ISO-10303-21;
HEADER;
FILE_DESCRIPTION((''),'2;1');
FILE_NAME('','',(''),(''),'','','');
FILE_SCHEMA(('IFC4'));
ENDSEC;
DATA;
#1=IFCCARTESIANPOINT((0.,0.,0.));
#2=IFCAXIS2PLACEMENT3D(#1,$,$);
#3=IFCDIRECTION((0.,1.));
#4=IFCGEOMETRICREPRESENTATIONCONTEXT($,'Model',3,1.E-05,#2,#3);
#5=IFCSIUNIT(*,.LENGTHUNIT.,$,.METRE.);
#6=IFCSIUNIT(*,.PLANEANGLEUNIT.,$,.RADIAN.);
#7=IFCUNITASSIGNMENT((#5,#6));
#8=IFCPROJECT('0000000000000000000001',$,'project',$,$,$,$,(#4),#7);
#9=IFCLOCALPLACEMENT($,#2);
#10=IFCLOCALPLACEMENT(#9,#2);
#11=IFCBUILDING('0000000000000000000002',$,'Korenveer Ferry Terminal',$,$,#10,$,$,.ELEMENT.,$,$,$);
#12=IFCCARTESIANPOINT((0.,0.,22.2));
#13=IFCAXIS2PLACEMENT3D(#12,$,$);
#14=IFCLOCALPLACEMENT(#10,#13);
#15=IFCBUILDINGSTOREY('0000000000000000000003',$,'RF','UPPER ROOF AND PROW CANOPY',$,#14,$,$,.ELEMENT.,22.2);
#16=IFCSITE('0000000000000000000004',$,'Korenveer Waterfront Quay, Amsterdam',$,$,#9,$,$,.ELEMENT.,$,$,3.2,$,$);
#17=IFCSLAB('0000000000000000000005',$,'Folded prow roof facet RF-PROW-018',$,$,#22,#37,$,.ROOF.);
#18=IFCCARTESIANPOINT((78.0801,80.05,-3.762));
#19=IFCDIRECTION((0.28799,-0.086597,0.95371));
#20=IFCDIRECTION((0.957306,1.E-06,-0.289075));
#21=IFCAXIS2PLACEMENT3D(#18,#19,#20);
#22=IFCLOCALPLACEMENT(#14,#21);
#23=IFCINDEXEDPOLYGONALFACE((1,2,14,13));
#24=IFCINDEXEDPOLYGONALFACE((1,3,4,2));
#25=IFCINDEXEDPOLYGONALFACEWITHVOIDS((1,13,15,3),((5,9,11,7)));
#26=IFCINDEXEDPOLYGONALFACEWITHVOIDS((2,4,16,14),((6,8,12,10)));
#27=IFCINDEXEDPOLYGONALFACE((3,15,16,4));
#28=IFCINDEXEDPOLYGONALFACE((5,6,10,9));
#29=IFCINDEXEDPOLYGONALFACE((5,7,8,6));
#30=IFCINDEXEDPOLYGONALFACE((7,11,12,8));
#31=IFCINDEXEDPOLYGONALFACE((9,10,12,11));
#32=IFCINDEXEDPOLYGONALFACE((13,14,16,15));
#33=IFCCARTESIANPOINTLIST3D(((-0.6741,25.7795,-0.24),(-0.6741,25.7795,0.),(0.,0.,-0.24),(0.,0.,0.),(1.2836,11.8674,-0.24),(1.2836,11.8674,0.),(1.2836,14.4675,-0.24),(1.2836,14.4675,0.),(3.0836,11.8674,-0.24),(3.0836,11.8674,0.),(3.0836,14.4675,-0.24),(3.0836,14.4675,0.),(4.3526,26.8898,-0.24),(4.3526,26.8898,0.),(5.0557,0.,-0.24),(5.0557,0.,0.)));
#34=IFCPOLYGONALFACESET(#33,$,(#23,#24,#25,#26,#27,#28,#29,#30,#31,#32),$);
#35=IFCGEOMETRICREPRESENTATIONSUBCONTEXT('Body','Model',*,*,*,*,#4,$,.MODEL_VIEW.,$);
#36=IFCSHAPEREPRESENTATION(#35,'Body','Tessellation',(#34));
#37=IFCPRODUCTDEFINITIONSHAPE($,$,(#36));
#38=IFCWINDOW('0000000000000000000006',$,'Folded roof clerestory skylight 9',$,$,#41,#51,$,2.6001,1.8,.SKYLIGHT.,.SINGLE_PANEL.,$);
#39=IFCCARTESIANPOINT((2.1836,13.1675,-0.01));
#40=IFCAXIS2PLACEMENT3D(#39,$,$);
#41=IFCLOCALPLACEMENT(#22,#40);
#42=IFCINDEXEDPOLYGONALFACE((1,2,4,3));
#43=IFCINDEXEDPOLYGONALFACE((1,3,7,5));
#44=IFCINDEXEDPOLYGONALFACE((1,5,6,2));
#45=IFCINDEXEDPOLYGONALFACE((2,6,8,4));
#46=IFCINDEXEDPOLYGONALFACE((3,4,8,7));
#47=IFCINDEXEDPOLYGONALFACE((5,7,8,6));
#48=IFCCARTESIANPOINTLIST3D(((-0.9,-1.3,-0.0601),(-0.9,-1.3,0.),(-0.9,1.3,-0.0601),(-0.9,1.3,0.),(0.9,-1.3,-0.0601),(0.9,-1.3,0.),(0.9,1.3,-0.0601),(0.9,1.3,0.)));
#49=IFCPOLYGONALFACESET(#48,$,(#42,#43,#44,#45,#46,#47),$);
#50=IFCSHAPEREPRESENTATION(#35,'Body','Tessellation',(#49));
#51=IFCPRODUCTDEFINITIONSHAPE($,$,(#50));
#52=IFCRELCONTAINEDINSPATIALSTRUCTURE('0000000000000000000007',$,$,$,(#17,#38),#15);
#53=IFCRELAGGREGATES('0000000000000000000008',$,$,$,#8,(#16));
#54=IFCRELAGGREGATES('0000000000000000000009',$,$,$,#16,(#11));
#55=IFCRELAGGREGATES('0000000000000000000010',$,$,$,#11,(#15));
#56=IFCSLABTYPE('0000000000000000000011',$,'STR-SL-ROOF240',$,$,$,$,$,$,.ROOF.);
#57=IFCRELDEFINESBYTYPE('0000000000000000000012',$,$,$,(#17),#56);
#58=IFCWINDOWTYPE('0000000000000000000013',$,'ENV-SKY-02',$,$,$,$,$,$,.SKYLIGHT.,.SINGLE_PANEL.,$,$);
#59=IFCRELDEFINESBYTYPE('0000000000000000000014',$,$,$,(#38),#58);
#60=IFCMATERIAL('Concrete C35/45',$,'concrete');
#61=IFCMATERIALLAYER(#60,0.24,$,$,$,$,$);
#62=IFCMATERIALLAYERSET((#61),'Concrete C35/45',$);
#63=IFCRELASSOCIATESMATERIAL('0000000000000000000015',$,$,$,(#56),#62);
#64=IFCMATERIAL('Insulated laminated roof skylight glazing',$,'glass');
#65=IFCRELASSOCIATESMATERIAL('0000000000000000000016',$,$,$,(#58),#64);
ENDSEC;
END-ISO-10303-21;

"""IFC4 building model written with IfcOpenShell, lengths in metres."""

from ifc_helpers import new_model, si_unit, direction, frame, origin, origin_2d, place, context, subcontext, project, spatial, polyline, rectangle, outline, extrude, material, layer, layer_set, type_object, element, fill, save


model = new_model("IFC4")

# Units and contexts
model_context = context("Model", 3, precision=1e-05, world=origin(), true_north=direction((0.0, 1.0)))
body_context = subcontext(model_context, "Body", "Model", "MODEL_VIEW")
ifc_project = project(units=[si_unit("LENGTHUNIT", "METRE"), si_unit("PLANEANGLEUNIT", "RADIAN")], contexts=[model_context])

# Site, building, storey
site_placement = place(None, origin())
site = spatial("IfcSite", under=ifc_project, at=site_placement, Name="Korenveer Waterfront Quay, Amsterdam", CompositionType="ELEMENT", RefElevation=3.2)
building_placement = place(site_placement, origin())
building = spatial("IfcBuilding", under=site, at=building_placement, Name="Korenveer Ferry Terminal", CompositionType="ELEMENT")
storey_placement = place(building_placement, frame((0.0, 0.0, 22.2)))
storey = spatial("IfcBuildingStorey", under=building, at=storey_placement, Name="RF", Description="UPPER ROOF AND PROW CANOPY", CompositionType="ELEMENT", Elevation=22.2)

# Slab, opening, window
ifc_material_1 = material(Name="Concrete C35/45", Category="concrete")
ifc_layer_1 = layer(ifc_material_1, 0.24)
ifc_layer_set_1 = layer_set([ifc_layer_1], Name="Concrete C35/45")
slab_type = type_object("IfcSlabType", Name="STR-SL-ROOF240", PredefinedType="ROOF", material=ifc_layer_set_1)
slab_1_placement = place(storey_placement, frame((78.0801, 80.05, -3.762), z_axis=(0.28799, -0.086597, 0.95371), x_axis=(0.957306, 0.000001, -0.289075)))
slab_1 = element("IfcSlab", 1, at=slab_1_placement, inside=storey, type_object=slab_type, Name="Folded prow roof facet RF-PROW-018", PredefinedType="ROOF", context=body_context, shape_type="SweptSolid", body=[
    extrude(outline(polyline([(0.0, 0.0), (5.0557, 0.0), (4.3526, 26.8898), (-0.6741, 25.7795), (0.0, 0.0)])), origin(), (0.0, 0.0, -1.0), 0.24),
])
opening_placement = place(slab_1_placement, frame((2.1836, 13.1675, 0.01)))
opening = element("IfcOpeningElement", 2, at=opening_placement, cuts=slab_1, PredefinedType="OPENING", context=body_context, shape_type="SweptSolid", body=[
    extrude(rectangle(XDim=1.8, YDim=2.6001, at=origin_2d()), origin(), (0.0, 0.0, -1.0), 0.26),
])
ifc_material_2 = material(Name="Insulated laminated roof skylight glazing", Category="glass")
window_type = type_object("IfcWindowType", Name="ENV-SKY-02", PartitioningType="SINGLE_PANEL", PredefinedType="SKYLIGHT", material=ifc_material_2)
window_placement = place(slab_1_placement, frame((2.1836, 13.1675, -0.01)))
window = element("IfcWindow", 3, at=window_placement, inside=storey, type_object=window_type, Name="Folded roof clerestory skylight 9", OverallHeight=2.6001, OverallWidth=1.8, PartitioningType="SINGLE_PANEL", PredefinedType="SKYLIGHT", context=body_context, shape_type="SweptSolid", body=[
    extrude(rectangle(XDim=1.8, YDim=2.6001, at=origin_2d()), origin(), (0.0, 0.0, -1.0), 0.0601),
])
fill(opening, window)

save(model, "model.ifc")
